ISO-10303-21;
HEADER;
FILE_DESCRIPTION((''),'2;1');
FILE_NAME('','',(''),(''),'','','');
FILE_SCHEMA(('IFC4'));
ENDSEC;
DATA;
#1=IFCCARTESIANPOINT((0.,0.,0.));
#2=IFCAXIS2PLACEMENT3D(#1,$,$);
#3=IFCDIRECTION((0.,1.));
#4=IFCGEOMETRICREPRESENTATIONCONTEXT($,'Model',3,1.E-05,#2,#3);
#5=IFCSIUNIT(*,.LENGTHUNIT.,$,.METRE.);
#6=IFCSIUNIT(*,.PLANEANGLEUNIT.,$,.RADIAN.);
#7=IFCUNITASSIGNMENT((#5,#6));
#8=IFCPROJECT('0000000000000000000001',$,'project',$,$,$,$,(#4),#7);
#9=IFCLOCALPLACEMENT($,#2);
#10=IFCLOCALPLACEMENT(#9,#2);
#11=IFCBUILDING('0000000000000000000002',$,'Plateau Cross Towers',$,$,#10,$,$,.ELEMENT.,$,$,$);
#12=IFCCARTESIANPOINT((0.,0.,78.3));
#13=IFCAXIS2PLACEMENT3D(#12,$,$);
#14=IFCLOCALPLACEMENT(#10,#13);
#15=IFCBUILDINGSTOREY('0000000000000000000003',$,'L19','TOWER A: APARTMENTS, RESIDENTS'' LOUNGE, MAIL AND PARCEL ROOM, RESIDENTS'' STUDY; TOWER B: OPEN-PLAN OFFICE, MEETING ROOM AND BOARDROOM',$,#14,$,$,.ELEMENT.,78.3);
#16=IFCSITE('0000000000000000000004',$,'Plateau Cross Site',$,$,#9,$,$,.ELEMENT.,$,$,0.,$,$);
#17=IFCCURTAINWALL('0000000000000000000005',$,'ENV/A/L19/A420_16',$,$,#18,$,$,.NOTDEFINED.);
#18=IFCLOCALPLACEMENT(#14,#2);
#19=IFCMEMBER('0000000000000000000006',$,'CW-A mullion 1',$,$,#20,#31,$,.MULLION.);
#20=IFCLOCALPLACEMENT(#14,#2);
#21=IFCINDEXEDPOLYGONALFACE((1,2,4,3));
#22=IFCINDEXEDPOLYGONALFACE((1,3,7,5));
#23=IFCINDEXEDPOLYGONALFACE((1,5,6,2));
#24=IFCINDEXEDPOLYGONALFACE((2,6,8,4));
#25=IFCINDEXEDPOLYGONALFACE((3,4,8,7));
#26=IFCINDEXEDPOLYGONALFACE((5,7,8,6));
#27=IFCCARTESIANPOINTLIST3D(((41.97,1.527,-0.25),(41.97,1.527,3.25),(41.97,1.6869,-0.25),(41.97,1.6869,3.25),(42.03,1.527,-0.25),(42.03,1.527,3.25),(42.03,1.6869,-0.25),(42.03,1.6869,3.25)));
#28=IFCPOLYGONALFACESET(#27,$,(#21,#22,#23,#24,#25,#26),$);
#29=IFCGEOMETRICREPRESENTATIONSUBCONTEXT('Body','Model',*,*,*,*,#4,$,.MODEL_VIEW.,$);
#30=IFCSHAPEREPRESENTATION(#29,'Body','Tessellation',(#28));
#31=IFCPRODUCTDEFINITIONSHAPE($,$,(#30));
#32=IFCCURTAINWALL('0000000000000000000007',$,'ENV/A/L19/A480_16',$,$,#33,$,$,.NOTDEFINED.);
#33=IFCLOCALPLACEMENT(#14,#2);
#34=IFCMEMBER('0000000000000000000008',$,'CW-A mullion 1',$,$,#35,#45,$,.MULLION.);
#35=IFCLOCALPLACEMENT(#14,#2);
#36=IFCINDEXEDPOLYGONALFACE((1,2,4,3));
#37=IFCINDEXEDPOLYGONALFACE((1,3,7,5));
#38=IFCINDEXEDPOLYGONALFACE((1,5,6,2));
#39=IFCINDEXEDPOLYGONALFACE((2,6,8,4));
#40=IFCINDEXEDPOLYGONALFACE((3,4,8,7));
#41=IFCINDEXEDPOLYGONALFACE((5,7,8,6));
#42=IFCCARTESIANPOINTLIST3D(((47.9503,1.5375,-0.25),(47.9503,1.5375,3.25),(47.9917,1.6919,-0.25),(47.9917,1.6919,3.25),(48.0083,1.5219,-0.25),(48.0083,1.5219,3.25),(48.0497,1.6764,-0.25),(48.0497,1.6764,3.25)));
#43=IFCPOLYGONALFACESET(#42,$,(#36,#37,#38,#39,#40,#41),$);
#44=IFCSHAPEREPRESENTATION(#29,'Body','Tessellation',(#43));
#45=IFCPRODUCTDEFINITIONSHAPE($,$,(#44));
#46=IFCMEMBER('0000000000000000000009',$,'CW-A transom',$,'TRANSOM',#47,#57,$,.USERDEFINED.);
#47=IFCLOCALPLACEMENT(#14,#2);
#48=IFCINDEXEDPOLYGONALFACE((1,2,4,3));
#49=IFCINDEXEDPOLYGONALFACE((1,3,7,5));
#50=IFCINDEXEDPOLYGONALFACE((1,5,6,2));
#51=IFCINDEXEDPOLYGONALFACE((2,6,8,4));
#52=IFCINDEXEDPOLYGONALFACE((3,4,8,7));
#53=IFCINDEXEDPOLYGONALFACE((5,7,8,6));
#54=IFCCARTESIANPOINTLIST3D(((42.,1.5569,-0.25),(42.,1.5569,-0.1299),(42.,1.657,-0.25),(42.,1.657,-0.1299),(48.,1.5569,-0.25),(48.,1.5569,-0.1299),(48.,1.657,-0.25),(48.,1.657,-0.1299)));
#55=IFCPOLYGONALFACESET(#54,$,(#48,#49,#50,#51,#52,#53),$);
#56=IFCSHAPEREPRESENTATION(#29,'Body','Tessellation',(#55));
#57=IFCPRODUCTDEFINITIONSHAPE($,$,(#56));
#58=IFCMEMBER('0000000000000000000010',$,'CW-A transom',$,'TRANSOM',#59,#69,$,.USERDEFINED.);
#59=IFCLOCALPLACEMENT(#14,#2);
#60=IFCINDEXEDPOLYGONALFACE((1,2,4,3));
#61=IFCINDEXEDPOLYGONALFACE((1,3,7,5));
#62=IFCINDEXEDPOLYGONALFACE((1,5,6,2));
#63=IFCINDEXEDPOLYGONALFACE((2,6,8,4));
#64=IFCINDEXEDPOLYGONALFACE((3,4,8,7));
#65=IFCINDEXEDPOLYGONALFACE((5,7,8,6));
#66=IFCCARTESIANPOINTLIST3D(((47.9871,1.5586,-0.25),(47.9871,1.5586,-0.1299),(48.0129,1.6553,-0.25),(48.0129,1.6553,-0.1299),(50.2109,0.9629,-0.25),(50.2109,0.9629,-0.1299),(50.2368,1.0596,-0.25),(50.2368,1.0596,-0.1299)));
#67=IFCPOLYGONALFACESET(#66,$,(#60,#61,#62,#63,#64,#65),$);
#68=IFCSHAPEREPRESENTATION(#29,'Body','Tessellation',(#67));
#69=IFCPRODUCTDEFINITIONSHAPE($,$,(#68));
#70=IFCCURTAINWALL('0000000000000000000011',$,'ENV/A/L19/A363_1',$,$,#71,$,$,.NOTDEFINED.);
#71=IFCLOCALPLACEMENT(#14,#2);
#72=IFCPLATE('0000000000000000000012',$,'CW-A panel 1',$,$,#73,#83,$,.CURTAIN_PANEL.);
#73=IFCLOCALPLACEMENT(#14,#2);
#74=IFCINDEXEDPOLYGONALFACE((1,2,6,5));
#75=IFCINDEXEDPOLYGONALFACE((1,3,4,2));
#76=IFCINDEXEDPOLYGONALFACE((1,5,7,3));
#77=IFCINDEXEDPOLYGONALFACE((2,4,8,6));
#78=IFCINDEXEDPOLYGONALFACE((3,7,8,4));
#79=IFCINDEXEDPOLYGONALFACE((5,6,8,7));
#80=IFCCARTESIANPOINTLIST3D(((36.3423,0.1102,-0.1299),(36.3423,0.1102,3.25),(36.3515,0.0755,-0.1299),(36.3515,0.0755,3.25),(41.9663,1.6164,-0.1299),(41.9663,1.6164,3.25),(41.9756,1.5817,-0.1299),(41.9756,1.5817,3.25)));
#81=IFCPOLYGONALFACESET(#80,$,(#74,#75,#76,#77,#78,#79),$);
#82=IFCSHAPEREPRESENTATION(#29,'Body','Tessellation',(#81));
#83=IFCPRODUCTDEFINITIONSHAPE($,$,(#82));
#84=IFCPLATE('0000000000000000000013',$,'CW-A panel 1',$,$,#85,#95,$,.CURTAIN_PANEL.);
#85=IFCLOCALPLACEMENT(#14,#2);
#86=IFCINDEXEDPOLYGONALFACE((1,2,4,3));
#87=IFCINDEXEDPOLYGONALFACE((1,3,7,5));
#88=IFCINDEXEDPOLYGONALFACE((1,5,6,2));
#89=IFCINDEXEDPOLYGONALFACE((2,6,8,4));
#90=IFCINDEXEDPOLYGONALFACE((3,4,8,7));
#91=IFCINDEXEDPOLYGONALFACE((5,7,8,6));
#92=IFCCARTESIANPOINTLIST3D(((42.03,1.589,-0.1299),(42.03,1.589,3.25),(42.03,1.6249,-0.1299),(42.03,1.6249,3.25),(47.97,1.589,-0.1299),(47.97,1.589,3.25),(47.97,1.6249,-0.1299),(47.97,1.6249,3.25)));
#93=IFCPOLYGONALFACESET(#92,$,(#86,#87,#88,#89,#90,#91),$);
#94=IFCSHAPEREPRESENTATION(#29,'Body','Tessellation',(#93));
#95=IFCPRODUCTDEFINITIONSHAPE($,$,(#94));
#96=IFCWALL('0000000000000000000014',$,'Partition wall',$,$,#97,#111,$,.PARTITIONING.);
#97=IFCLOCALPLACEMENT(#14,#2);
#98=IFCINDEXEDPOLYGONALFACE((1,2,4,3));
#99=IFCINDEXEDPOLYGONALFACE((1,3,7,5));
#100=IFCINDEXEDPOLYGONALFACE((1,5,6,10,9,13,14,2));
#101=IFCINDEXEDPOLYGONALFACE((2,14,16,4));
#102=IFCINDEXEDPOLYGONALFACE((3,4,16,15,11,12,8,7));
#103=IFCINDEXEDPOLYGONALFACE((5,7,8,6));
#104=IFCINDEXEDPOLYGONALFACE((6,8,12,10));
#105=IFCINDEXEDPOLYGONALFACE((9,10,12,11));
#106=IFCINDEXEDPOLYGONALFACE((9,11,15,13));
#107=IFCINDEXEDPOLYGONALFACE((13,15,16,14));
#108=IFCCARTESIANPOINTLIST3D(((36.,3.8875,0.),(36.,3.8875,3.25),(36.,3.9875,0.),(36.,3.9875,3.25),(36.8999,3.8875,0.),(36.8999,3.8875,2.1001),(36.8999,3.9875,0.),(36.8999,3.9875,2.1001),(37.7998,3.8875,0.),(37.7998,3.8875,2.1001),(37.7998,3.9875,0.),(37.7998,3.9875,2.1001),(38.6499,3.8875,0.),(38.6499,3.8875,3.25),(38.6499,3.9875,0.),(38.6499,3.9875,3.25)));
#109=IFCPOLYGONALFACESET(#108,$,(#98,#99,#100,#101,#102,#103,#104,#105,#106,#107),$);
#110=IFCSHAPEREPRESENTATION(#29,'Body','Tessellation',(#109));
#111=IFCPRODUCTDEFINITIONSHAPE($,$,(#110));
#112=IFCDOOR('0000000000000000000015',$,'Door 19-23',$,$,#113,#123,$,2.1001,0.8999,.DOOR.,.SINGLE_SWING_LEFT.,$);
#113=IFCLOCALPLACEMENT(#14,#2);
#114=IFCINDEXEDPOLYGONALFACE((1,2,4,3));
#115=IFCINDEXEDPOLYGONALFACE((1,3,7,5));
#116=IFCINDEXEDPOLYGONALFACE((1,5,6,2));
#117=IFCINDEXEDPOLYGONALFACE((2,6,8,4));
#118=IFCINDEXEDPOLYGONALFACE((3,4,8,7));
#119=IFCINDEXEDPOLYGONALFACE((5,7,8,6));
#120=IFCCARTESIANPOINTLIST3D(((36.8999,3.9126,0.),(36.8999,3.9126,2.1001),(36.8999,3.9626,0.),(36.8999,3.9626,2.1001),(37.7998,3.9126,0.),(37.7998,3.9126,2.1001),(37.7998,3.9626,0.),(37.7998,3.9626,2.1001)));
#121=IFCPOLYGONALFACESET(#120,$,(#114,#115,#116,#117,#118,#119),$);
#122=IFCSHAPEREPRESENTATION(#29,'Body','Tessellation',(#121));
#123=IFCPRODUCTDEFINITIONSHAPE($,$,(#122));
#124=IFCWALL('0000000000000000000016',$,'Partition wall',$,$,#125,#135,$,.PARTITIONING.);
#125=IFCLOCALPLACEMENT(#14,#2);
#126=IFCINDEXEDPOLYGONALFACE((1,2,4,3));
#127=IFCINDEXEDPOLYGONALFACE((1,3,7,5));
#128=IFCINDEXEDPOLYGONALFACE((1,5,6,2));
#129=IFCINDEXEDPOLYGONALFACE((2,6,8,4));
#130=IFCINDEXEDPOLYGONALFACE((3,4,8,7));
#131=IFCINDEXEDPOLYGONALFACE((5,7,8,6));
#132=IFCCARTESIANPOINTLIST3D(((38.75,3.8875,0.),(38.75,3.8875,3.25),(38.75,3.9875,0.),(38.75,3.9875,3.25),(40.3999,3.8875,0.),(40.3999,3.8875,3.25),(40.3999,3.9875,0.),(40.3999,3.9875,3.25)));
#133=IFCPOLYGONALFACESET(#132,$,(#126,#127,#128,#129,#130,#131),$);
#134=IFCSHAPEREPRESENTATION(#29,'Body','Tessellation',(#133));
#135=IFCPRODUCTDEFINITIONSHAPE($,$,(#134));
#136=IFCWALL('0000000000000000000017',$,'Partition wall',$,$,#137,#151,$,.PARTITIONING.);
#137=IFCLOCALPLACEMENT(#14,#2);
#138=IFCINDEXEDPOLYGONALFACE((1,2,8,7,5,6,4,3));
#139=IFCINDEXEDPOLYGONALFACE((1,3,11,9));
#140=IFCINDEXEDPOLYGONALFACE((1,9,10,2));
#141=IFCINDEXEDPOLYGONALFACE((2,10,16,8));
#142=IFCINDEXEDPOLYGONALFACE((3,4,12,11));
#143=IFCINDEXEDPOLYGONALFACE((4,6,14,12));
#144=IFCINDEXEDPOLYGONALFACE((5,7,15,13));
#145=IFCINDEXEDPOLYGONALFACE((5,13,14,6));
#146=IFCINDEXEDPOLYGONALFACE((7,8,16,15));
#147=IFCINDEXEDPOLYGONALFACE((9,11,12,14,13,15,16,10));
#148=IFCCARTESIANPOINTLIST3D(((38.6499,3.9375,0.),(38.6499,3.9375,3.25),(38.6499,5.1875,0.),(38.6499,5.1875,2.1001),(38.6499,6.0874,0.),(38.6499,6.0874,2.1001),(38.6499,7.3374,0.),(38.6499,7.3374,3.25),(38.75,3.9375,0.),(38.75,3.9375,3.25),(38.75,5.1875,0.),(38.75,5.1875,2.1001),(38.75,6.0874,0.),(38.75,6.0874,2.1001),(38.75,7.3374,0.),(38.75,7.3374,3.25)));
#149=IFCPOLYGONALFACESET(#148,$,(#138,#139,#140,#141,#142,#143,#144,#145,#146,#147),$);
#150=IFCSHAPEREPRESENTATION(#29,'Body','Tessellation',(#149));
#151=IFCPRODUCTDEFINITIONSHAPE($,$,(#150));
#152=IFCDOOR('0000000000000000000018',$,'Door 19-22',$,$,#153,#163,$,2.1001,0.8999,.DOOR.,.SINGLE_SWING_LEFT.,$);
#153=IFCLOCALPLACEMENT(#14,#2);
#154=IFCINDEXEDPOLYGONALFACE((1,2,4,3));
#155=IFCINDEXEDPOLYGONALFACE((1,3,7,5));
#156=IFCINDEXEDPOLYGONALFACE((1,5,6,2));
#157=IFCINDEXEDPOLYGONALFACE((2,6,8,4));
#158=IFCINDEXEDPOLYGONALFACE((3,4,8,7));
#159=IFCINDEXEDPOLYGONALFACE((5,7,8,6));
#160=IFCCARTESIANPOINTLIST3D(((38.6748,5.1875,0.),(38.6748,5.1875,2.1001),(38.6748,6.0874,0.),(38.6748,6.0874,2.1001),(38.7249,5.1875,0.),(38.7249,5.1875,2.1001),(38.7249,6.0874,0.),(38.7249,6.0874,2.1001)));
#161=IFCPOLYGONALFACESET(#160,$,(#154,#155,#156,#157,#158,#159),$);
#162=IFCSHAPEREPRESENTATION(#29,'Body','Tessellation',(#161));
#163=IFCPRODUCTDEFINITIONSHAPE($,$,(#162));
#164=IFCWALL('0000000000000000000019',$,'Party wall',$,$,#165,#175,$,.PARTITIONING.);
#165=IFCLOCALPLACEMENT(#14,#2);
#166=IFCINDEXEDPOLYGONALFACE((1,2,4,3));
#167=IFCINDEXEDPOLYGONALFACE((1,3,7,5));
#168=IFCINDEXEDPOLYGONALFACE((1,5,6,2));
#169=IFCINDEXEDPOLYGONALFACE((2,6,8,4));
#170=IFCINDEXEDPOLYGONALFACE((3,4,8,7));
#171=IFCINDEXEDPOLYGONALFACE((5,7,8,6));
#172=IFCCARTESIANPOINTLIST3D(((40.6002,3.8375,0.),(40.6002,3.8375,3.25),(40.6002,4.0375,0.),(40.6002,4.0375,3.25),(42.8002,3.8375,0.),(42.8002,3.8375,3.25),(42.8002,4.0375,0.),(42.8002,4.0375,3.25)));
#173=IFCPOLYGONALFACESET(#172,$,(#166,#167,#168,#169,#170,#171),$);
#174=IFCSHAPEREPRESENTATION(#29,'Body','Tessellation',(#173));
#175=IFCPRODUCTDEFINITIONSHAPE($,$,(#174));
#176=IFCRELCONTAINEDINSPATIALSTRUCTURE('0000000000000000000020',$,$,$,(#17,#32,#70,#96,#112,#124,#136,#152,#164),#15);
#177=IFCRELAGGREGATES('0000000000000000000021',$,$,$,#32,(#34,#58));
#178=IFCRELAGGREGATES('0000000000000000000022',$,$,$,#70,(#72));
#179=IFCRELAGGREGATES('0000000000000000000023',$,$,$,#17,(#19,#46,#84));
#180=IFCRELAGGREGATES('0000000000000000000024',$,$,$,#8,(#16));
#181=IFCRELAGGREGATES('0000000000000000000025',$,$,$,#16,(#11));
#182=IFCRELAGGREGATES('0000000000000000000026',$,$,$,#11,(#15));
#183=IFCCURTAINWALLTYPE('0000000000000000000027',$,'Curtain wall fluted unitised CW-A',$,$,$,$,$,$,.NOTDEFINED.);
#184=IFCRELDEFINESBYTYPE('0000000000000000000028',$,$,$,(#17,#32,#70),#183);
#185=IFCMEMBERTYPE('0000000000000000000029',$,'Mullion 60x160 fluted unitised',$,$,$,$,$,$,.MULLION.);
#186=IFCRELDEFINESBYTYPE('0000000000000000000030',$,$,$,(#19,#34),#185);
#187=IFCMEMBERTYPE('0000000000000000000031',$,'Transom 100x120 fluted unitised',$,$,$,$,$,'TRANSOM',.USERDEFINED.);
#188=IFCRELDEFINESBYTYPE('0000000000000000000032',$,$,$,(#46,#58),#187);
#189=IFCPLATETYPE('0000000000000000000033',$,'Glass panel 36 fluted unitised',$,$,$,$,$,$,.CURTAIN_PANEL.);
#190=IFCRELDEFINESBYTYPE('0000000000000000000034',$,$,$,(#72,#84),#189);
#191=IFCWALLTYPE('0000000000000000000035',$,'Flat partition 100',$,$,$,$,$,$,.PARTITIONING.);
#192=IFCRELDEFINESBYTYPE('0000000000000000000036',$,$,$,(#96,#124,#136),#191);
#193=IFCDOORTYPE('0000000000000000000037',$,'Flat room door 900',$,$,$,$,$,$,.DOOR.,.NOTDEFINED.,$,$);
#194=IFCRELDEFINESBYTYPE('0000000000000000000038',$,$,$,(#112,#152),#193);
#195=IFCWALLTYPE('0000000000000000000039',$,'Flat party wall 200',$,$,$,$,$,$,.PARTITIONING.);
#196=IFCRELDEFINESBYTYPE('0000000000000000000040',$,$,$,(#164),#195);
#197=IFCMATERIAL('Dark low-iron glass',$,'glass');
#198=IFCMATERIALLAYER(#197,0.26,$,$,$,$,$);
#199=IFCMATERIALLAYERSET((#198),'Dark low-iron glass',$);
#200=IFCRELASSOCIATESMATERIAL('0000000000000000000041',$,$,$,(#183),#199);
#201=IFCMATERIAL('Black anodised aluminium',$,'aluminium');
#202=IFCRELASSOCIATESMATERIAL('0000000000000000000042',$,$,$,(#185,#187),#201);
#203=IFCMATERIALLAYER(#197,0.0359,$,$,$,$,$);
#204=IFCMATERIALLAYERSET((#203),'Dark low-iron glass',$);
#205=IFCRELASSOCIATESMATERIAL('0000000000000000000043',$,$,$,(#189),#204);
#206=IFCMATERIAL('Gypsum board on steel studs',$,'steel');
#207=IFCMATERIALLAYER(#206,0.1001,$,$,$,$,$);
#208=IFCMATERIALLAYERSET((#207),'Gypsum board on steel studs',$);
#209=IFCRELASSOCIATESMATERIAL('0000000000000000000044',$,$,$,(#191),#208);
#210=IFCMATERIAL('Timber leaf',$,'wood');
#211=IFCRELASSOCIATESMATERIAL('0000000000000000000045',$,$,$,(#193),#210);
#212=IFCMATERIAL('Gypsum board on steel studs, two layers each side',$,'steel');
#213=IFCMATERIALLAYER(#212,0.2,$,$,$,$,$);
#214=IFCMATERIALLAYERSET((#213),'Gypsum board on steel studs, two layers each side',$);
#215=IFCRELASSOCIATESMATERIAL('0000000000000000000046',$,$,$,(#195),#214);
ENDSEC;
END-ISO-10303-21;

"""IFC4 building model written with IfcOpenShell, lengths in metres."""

from ifc_helpers import new_model, si_unit, direction, frame, frame_2d, origin, origin_2d, place, context, subcontext, project, spatial, rectangle, extrude, material, layer, layer_set, material_profile, profile_set, type_object, element, fill, aggregate, save


model = new_model("IFC4")

# Units and contexts
model_context = context("Model", 3, precision=1e-05, world=origin(), true_north=direction((0.0, 1.0)))
body_context = subcontext(model_context, "Body", "Model", "MODEL_VIEW")
ifc_project = project(units=[si_unit("LENGTHUNIT", "METRE"), si_unit("PLANEANGLEUNIT", "RADIAN")], contexts=[model_context])

# Site, building, storey
site_placement = place(None, origin())
site = spatial("IfcSite", under=ifc_project, at=site_placement, Name="Plateau Cross Site", CompositionType="ELEMENT", RefElevation=0.0)
building_placement = place(site_placement, origin())
building = spatial("IfcBuilding", under=site, at=building_placement, Name="Plateau Cross Towers", CompositionType="ELEMENT")
storey_placement = place(building_placement, frame((0.0, 0.0, 78.3)))
storey = spatial("IfcBuildingStorey", under=building, at=storey_placement, Name="L19", Description="TOWER A: APARTMENTS, RESIDENTS' LOUNGE, MAIL AND PARCEL ROOM, RESIDENTS' STUDY; TOWER B: OPEN-PLAN OFFICE, MEETING ROOM AND BOARDROOM", CompositionType="ELEMENT", Elevation=78.3)

# Curtain walls, members
ifc_material_1 = material(Name="Dark low-iron glass", Category="glass")
ifc_layer_1 = layer(ifc_material_1, 0.26)
ifc_layer_set_1 = layer_set([ifc_layer_1], Name="Dark low-iron glass")
curtain_wall_type = type_object("IfcCurtainWallType", Name="Curtain wall fluted unitised CW-A", PredefinedType="NOTDEFINED", material=ifc_layer_set_1)
curtain_wall_1_placement = place(storey_placement, origin())
curtain_wall_1 = element("IfcCurtainWall", 1, at=curtain_wall_1_placement, inside=storey, type_object=curtain_wall_type, Name="ENV/A/L19/A420_16", PredefinedType="NOTDEFINED")
ifc_material_2 = material(Name="Black anodised aluminium", Category="aluminium")
ifc_material_profile_1 = material_profile(ifc_material_2, rectangle(XDim=0.0601, YDim=0.1599, at=origin_2d()), Name="MULLION 60x160")
ifc_profile_set_1 = profile_set([ifc_material_profile_1], Name="Black anodised aluminium")
member_type_1 = type_object("IfcMemberType", Name="Mullion 60x160 fluted unitised", PredefinedType="MULLION", material=ifc_profile_set_1)
member_1_placement = place(storey_placement, frame((42.0, 1.6069, -0.25), z_axis=(0.0, 0.0, 1.0), x_axis=(1.0, 0.0, 0.0)))
member_1 = element("IfcMember", 2, at=member_1_placement, type_object=member_type_1, Name="CW-A mullion 1", PredefinedType="MULLION", context=body_context, shape_type="SweptSolid", body=[
    extrude(rectangle(XDim=0.0601, YDim=0.1599, at=origin_2d()), origin(), (0.0, 0.0, 1.0), 3.5),
])
curtain_wall_2_placement = place(storey_placement, origin())
curtain_wall_2 = element("IfcCurtainWall", 3, at=curtain_wall_2_placement, inside=storey, type_object=curtain_wall_type, Name="ENV/A/L19/A480_16", PredefinedType="NOTDEFINED")
member_2_placement = place(storey_placement, frame((48.0, 1.6069, -0.25), z_axis=(0.0, 0.0, 1.0), x_axis=(0.965958, -0.258699, 0.0)))
member_2 = element("IfcMember", 4, at=member_2_placement, type_object=member_type_1, Name="CW-A mullion 1", PredefinedType="MULLION", context=body_context, shape_type="SweptSolid", body=[
    extrude(rectangle(XDim=0.0601, YDim=0.1599, at=origin_2d()), origin(), (0.0, 0.0, 1.0), 3.5),
])

# Members
ifc_material_profile_2 = material_profile(ifc_material_2, rectangle(XDim=0.1001, YDim=0.1201, at=origin_2d()), Name="TRANSOM 100x120")
ifc_profile_set_2 = profile_set([ifc_material_profile_2], Name="Black anodised aluminium")
member_type_2 = type_object("IfcMemberType", Name="Transom 100x120 fluted unitised", ElementType="TRANSOM", PredefinedType="USERDEFINED", material=ifc_profile_set_2)
member_3_placement = place(storey_placement, frame((42.0, 1.6069, -0.1899), z_axis=(1.0, 0.0, 0.0), x_axis=(0.0, 1.0, 0.0)))
member_3 = element("IfcMember", 5, at=member_3_placement, type_object=member_type_2, Name="CW-A transom", ObjectType="TRANSOM", PredefinedType="USERDEFINED", context=body_context, shape_type="SweptSolid", body=[
    extrude(rectangle(XDim=0.1001, YDim=0.1201, at=origin_2d()), origin(), (0.0, 0.0, 1.0), 6.0),
])
member_4_placement = place(storey_placement, frame((48.0, 1.6069, -0.1899), z_axis=(0.965946, -0.258745, 0.0), x_axis=(0.258745, 0.965946, 0.0)))
member_4 = element("IfcMember", 6, at=member_4_placement, type_object=member_type_2, Name="CW-A transom", ObjectType="TRANSOM", PredefinedType="USERDEFINED", context=body_context, shape_type="SweptSolid", body=[
    extrude(rectangle(XDim=0.1001, YDim=0.1201, at=origin_2d()), origin(), (0.0, 0.0, 1.0), 2.3022),
])
aggregate(curtain_wall_2, [member_2, member_4])

# Curtain wall, plate
curtain_wall_3_placement = place(storey_placement, origin())
curtain_wall_3 = element("IfcCurtainWall", 7, at=curtain_wall_3_placement, inside=storey, type_object=curtain_wall_type, Name="ENV/A/L19/A363_1", PredefinedType="NOTDEFINED")
ifc_layer_2 = layer(ifc_material_1, 0.0359)
ifc_layer_set_2 = layer_set([ifc_layer_2], Name="Dark low-iron glass")
plate_type = type_object("IfcPlateType", Name="Glass panel 36 fluted unitised", PredefinedType="CURTAIN_PANEL", material=ifc_layer_set_2)
plate_1_placement = place(storey_placement, frame((39.1589, 0.8459, -0.1299), z_axis=(0.0, 0.0, 1.0), x_axis=(0.965958, 0.258699, 0.0)))
plate_1 = element("IfcPlate", 8, at=plate_1_placement, type_object=plate_type, Name="CW-A panel 1", PredefinedType="CURTAIN_PANEL", context=body_context, shape_type="SweptSolid", body=[
    extrude(rectangle(XDim=5.8223, YDim=0.0359, at=origin_2d()), origin(), (0.0, 0.0, 1.0), 3.3799),
])
aggregate(curtain_wall_3, [plate_1])

# Plate
plate_2_placement = place(storey_placement, frame((45.0, 1.6069, -0.1299), z_axis=(0.0, 0.0, 1.0), x_axis=(1.0, 0.0, 0.0)))
plate_2 = element("IfcPlate", 9, at=plate_2_placement, type_object=plate_type, Name="CW-A panel 1", PredefinedType="CURTAIN_PANEL", context=body_context, shape_type="SweptSolid", body=[
    extrude(rectangle(XDim=5.9399, YDim=0.0359, at=origin_2d()), origin(), (0.0, 0.0, 1.0), 3.3799),
])
aggregate(curtain_wall_1, [member_1, member_3, plate_2])

# Wall, opening, door
ifc_material_3 = material(Name="Gypsum board on steel studs", Category="steel")
ifc_layer_3 = layer(ifc_material_3, 0.1001)
ifc_layer_set_3 = layer_set([ifc_layer_3], Name="Gypsum board on steel studs")
wall_type_1 = type_object("IfcWallType", Name="Flat partition 100", PredefinedType="PARTITIONING", material=ifc_layer_set_3)
wall_1_placement = place(storey_placement, frame((38.6499, 3.9375, 0.0), z_axis=(0.0, 0.0, 1.0), x_axis=(-1.0, 0.0, 0.0)))
wall_1 = element("IfcWall", 10, at=wall_1_placement, inside=storey, type_object=wall_type_1, Name="Partition wall", PredefinedType="PARTITIONING", context=body_context, shape_type="SweptSolid", body=[
    extrude(rectangle(XDim=2.6499, YDim=0.1001, at=frame_2d((1.325, 0.0))), origin(), (0.0, 0.0, 1.0), 3.25),
])
opening_1_placement = place(wall_1_placement, frame((0.8501, 0.0, 0.0)))
opening_1 = element("IfcOpeningElement", 11, at=opening_1_placement, cuts=wall_1, PredefinedType="OPENING", context=body_context, shape_type="SweptSolid", body=[
    extrude(rectangle(XDim=0.8999, YDim=2.1001, at=frame_2d((0.45, 1.05))), frame((0.0, 0.0601, 0.0), z_axis=(0.0, -1.0, 0.0), x_axis=(1.0, 0.0, 0.0)), (0.0, 0.0, 1.0), 0.1201),
])
ifc_material_4 = material(Name="Timber leaf", Category="wood")
door_type_1 = type_object("IfcDoorType", Name="Flat room door 900", OperationType="NOTDEFINED", PredefinedType="DOOR", material=ifc_material_4)
door_1_placement = place(opening_1_placement, origin())
door_1 = element("IfcDoor", 12, at=door_1_placement, inside=storey, type_object=door_type_1, Name="Door 19-23", OperationType="SINGLE_SWING_LEFT", OverallHeight=2.1001, OverallWidth=0.8999, PredefinedType="DOOR", context=body_context, shape_type="SweptSolid", body=[
    extrude(rectangle(XDim=0.8999, YDim=2.1001, at=frame_2d((0.45, 1.05))), frame((0.0, 0.0249, 0.0), z_axis=(0.0, -1.0, 0.0), x_axis=(1.0, 0.0, 0.0)), (0.0, 0.0, 1.0), 0.05),
])
fill(opening_1, door_1)

# Wall
wall_2_placement = place(storey_placement, frame((38.75, 3.9375, 0.0), z_axis=(0.0, 0.0, 1.0), x_axis=(1.0, 0.0, 0.0)))
element("IfcWall", 13, at=wall_2_placement, inside=storey, type_object=wall_type_1, Name="Partition wall", PredefinedType="PARTITIONING", context=body_context, shape_type="SweptSolid", body=[
    extrude(rectangle(XDim=1.6499, YDim=0.1001, at=frame_2d((0.825, 0.0))), origin(), (0.0, 0.0, 1.0), 3.25),
])

# Wall, opening, door
wall_3_placement = place(storey_placement, frame((38.7, 7.3374, 0.0), z_axis=(0.0, 0.0, 1.0), x_axis=(0.0, -1.0, 0.0)))
wall_3 = element("IfcWall", 14, at=wall_3_placement, inside=storey, type_object=wall_type_1, Name="Partition wall", PredefinedType="PARTITIONING", context=body_context, shape_type="SweptSolid", body=[
    extrude(rectangle(XDim=3.3999, YDim=0.1001, at=frame_2d((1.7, 0.0))), origin(), (0.0, 0.0, 1.0), 3.25),
])
opening_2_placement = place(wall_3_placement, frame((1.25, 0.0, 0.0)))
opening_2 = element("IfcOpeningElement", 15, at=opening_2_placement, cuts=wall_3, PredefinedType="OPENING", context=body_context, shape_type="SweptSolid", body=[
    extrude(rectangle(XDim=0.8999, YDim=2.1001, at=frame_2d((0.45, 1.05))), frame((0.0, 0.0601, 0.0), z_axis=(0.0, -1.0, 0.0), x_axis=(1.0, 0.0, 0.0)), (0.0, 0.0, 1.0), 0.1201),
])
door_2_placement = place(opening_2_placement, origin())
door_2 = element("IfcDoor", 16, at=door_2_placement, inside=storey, type_object=door_type_1, Name="Door 19-22", OperationType="SINGLE_SWING_LEFT", OverallHeight=2.1001, OverallWidth=0.8999, PredefinedType="DOOR", context=body_context, shape_type="SweptSolid", body=[
    extrude(rectangle(XDim=0.8999, YDim=2.1001, at=frame_2d((0.45, 1.05))), frame((0.0, 0.0249, 0.0), z_axis=(0.0, -1.0, 0.0), x_axis=(1.0, 0.0, 0.0)), (0.0, 0.0, 1.0), 0.05),
])
fill(opening_2, door_2)

# Wall
ifc_material_5 = material(Name="Gypsum board on steel studs, two layers each side", Category="steel")
ifc_layer_4 = layer(ifc_material_5, 0.2)
ifc_layer_set_4 = layer_set([ifc_layer_4], Name="Gypsum board on steel studs, two layers each side")
wall_type_2 = type_object("IfcWallType", Name="Flat party wall 200", PredefinedType="PARTITIONING", material=ifc_layer_set_4)
wall_4_placement = place(storey_placement, frame((40.6001, 3.9375, 0.0), z_axis=(0.0, 0.0, 1.0), x_axis=(1.0, 0.0, 0.0)))
element("IfcWall", 17, at=wall_4_placement, inside=storey, type_object=wall_type_2, Name="Party wall", PredefinedType="PARTITIONING", context=body_context, shape_type="SweptSolid", body=[
    extrude(rectangle(XDim=2.2, YDim=0.2, at=frame_2d((1.1001, 0.0))), origin(), (0.0, 0.0, 1.0), 3.25),
])

save(model, "model.ifc")
